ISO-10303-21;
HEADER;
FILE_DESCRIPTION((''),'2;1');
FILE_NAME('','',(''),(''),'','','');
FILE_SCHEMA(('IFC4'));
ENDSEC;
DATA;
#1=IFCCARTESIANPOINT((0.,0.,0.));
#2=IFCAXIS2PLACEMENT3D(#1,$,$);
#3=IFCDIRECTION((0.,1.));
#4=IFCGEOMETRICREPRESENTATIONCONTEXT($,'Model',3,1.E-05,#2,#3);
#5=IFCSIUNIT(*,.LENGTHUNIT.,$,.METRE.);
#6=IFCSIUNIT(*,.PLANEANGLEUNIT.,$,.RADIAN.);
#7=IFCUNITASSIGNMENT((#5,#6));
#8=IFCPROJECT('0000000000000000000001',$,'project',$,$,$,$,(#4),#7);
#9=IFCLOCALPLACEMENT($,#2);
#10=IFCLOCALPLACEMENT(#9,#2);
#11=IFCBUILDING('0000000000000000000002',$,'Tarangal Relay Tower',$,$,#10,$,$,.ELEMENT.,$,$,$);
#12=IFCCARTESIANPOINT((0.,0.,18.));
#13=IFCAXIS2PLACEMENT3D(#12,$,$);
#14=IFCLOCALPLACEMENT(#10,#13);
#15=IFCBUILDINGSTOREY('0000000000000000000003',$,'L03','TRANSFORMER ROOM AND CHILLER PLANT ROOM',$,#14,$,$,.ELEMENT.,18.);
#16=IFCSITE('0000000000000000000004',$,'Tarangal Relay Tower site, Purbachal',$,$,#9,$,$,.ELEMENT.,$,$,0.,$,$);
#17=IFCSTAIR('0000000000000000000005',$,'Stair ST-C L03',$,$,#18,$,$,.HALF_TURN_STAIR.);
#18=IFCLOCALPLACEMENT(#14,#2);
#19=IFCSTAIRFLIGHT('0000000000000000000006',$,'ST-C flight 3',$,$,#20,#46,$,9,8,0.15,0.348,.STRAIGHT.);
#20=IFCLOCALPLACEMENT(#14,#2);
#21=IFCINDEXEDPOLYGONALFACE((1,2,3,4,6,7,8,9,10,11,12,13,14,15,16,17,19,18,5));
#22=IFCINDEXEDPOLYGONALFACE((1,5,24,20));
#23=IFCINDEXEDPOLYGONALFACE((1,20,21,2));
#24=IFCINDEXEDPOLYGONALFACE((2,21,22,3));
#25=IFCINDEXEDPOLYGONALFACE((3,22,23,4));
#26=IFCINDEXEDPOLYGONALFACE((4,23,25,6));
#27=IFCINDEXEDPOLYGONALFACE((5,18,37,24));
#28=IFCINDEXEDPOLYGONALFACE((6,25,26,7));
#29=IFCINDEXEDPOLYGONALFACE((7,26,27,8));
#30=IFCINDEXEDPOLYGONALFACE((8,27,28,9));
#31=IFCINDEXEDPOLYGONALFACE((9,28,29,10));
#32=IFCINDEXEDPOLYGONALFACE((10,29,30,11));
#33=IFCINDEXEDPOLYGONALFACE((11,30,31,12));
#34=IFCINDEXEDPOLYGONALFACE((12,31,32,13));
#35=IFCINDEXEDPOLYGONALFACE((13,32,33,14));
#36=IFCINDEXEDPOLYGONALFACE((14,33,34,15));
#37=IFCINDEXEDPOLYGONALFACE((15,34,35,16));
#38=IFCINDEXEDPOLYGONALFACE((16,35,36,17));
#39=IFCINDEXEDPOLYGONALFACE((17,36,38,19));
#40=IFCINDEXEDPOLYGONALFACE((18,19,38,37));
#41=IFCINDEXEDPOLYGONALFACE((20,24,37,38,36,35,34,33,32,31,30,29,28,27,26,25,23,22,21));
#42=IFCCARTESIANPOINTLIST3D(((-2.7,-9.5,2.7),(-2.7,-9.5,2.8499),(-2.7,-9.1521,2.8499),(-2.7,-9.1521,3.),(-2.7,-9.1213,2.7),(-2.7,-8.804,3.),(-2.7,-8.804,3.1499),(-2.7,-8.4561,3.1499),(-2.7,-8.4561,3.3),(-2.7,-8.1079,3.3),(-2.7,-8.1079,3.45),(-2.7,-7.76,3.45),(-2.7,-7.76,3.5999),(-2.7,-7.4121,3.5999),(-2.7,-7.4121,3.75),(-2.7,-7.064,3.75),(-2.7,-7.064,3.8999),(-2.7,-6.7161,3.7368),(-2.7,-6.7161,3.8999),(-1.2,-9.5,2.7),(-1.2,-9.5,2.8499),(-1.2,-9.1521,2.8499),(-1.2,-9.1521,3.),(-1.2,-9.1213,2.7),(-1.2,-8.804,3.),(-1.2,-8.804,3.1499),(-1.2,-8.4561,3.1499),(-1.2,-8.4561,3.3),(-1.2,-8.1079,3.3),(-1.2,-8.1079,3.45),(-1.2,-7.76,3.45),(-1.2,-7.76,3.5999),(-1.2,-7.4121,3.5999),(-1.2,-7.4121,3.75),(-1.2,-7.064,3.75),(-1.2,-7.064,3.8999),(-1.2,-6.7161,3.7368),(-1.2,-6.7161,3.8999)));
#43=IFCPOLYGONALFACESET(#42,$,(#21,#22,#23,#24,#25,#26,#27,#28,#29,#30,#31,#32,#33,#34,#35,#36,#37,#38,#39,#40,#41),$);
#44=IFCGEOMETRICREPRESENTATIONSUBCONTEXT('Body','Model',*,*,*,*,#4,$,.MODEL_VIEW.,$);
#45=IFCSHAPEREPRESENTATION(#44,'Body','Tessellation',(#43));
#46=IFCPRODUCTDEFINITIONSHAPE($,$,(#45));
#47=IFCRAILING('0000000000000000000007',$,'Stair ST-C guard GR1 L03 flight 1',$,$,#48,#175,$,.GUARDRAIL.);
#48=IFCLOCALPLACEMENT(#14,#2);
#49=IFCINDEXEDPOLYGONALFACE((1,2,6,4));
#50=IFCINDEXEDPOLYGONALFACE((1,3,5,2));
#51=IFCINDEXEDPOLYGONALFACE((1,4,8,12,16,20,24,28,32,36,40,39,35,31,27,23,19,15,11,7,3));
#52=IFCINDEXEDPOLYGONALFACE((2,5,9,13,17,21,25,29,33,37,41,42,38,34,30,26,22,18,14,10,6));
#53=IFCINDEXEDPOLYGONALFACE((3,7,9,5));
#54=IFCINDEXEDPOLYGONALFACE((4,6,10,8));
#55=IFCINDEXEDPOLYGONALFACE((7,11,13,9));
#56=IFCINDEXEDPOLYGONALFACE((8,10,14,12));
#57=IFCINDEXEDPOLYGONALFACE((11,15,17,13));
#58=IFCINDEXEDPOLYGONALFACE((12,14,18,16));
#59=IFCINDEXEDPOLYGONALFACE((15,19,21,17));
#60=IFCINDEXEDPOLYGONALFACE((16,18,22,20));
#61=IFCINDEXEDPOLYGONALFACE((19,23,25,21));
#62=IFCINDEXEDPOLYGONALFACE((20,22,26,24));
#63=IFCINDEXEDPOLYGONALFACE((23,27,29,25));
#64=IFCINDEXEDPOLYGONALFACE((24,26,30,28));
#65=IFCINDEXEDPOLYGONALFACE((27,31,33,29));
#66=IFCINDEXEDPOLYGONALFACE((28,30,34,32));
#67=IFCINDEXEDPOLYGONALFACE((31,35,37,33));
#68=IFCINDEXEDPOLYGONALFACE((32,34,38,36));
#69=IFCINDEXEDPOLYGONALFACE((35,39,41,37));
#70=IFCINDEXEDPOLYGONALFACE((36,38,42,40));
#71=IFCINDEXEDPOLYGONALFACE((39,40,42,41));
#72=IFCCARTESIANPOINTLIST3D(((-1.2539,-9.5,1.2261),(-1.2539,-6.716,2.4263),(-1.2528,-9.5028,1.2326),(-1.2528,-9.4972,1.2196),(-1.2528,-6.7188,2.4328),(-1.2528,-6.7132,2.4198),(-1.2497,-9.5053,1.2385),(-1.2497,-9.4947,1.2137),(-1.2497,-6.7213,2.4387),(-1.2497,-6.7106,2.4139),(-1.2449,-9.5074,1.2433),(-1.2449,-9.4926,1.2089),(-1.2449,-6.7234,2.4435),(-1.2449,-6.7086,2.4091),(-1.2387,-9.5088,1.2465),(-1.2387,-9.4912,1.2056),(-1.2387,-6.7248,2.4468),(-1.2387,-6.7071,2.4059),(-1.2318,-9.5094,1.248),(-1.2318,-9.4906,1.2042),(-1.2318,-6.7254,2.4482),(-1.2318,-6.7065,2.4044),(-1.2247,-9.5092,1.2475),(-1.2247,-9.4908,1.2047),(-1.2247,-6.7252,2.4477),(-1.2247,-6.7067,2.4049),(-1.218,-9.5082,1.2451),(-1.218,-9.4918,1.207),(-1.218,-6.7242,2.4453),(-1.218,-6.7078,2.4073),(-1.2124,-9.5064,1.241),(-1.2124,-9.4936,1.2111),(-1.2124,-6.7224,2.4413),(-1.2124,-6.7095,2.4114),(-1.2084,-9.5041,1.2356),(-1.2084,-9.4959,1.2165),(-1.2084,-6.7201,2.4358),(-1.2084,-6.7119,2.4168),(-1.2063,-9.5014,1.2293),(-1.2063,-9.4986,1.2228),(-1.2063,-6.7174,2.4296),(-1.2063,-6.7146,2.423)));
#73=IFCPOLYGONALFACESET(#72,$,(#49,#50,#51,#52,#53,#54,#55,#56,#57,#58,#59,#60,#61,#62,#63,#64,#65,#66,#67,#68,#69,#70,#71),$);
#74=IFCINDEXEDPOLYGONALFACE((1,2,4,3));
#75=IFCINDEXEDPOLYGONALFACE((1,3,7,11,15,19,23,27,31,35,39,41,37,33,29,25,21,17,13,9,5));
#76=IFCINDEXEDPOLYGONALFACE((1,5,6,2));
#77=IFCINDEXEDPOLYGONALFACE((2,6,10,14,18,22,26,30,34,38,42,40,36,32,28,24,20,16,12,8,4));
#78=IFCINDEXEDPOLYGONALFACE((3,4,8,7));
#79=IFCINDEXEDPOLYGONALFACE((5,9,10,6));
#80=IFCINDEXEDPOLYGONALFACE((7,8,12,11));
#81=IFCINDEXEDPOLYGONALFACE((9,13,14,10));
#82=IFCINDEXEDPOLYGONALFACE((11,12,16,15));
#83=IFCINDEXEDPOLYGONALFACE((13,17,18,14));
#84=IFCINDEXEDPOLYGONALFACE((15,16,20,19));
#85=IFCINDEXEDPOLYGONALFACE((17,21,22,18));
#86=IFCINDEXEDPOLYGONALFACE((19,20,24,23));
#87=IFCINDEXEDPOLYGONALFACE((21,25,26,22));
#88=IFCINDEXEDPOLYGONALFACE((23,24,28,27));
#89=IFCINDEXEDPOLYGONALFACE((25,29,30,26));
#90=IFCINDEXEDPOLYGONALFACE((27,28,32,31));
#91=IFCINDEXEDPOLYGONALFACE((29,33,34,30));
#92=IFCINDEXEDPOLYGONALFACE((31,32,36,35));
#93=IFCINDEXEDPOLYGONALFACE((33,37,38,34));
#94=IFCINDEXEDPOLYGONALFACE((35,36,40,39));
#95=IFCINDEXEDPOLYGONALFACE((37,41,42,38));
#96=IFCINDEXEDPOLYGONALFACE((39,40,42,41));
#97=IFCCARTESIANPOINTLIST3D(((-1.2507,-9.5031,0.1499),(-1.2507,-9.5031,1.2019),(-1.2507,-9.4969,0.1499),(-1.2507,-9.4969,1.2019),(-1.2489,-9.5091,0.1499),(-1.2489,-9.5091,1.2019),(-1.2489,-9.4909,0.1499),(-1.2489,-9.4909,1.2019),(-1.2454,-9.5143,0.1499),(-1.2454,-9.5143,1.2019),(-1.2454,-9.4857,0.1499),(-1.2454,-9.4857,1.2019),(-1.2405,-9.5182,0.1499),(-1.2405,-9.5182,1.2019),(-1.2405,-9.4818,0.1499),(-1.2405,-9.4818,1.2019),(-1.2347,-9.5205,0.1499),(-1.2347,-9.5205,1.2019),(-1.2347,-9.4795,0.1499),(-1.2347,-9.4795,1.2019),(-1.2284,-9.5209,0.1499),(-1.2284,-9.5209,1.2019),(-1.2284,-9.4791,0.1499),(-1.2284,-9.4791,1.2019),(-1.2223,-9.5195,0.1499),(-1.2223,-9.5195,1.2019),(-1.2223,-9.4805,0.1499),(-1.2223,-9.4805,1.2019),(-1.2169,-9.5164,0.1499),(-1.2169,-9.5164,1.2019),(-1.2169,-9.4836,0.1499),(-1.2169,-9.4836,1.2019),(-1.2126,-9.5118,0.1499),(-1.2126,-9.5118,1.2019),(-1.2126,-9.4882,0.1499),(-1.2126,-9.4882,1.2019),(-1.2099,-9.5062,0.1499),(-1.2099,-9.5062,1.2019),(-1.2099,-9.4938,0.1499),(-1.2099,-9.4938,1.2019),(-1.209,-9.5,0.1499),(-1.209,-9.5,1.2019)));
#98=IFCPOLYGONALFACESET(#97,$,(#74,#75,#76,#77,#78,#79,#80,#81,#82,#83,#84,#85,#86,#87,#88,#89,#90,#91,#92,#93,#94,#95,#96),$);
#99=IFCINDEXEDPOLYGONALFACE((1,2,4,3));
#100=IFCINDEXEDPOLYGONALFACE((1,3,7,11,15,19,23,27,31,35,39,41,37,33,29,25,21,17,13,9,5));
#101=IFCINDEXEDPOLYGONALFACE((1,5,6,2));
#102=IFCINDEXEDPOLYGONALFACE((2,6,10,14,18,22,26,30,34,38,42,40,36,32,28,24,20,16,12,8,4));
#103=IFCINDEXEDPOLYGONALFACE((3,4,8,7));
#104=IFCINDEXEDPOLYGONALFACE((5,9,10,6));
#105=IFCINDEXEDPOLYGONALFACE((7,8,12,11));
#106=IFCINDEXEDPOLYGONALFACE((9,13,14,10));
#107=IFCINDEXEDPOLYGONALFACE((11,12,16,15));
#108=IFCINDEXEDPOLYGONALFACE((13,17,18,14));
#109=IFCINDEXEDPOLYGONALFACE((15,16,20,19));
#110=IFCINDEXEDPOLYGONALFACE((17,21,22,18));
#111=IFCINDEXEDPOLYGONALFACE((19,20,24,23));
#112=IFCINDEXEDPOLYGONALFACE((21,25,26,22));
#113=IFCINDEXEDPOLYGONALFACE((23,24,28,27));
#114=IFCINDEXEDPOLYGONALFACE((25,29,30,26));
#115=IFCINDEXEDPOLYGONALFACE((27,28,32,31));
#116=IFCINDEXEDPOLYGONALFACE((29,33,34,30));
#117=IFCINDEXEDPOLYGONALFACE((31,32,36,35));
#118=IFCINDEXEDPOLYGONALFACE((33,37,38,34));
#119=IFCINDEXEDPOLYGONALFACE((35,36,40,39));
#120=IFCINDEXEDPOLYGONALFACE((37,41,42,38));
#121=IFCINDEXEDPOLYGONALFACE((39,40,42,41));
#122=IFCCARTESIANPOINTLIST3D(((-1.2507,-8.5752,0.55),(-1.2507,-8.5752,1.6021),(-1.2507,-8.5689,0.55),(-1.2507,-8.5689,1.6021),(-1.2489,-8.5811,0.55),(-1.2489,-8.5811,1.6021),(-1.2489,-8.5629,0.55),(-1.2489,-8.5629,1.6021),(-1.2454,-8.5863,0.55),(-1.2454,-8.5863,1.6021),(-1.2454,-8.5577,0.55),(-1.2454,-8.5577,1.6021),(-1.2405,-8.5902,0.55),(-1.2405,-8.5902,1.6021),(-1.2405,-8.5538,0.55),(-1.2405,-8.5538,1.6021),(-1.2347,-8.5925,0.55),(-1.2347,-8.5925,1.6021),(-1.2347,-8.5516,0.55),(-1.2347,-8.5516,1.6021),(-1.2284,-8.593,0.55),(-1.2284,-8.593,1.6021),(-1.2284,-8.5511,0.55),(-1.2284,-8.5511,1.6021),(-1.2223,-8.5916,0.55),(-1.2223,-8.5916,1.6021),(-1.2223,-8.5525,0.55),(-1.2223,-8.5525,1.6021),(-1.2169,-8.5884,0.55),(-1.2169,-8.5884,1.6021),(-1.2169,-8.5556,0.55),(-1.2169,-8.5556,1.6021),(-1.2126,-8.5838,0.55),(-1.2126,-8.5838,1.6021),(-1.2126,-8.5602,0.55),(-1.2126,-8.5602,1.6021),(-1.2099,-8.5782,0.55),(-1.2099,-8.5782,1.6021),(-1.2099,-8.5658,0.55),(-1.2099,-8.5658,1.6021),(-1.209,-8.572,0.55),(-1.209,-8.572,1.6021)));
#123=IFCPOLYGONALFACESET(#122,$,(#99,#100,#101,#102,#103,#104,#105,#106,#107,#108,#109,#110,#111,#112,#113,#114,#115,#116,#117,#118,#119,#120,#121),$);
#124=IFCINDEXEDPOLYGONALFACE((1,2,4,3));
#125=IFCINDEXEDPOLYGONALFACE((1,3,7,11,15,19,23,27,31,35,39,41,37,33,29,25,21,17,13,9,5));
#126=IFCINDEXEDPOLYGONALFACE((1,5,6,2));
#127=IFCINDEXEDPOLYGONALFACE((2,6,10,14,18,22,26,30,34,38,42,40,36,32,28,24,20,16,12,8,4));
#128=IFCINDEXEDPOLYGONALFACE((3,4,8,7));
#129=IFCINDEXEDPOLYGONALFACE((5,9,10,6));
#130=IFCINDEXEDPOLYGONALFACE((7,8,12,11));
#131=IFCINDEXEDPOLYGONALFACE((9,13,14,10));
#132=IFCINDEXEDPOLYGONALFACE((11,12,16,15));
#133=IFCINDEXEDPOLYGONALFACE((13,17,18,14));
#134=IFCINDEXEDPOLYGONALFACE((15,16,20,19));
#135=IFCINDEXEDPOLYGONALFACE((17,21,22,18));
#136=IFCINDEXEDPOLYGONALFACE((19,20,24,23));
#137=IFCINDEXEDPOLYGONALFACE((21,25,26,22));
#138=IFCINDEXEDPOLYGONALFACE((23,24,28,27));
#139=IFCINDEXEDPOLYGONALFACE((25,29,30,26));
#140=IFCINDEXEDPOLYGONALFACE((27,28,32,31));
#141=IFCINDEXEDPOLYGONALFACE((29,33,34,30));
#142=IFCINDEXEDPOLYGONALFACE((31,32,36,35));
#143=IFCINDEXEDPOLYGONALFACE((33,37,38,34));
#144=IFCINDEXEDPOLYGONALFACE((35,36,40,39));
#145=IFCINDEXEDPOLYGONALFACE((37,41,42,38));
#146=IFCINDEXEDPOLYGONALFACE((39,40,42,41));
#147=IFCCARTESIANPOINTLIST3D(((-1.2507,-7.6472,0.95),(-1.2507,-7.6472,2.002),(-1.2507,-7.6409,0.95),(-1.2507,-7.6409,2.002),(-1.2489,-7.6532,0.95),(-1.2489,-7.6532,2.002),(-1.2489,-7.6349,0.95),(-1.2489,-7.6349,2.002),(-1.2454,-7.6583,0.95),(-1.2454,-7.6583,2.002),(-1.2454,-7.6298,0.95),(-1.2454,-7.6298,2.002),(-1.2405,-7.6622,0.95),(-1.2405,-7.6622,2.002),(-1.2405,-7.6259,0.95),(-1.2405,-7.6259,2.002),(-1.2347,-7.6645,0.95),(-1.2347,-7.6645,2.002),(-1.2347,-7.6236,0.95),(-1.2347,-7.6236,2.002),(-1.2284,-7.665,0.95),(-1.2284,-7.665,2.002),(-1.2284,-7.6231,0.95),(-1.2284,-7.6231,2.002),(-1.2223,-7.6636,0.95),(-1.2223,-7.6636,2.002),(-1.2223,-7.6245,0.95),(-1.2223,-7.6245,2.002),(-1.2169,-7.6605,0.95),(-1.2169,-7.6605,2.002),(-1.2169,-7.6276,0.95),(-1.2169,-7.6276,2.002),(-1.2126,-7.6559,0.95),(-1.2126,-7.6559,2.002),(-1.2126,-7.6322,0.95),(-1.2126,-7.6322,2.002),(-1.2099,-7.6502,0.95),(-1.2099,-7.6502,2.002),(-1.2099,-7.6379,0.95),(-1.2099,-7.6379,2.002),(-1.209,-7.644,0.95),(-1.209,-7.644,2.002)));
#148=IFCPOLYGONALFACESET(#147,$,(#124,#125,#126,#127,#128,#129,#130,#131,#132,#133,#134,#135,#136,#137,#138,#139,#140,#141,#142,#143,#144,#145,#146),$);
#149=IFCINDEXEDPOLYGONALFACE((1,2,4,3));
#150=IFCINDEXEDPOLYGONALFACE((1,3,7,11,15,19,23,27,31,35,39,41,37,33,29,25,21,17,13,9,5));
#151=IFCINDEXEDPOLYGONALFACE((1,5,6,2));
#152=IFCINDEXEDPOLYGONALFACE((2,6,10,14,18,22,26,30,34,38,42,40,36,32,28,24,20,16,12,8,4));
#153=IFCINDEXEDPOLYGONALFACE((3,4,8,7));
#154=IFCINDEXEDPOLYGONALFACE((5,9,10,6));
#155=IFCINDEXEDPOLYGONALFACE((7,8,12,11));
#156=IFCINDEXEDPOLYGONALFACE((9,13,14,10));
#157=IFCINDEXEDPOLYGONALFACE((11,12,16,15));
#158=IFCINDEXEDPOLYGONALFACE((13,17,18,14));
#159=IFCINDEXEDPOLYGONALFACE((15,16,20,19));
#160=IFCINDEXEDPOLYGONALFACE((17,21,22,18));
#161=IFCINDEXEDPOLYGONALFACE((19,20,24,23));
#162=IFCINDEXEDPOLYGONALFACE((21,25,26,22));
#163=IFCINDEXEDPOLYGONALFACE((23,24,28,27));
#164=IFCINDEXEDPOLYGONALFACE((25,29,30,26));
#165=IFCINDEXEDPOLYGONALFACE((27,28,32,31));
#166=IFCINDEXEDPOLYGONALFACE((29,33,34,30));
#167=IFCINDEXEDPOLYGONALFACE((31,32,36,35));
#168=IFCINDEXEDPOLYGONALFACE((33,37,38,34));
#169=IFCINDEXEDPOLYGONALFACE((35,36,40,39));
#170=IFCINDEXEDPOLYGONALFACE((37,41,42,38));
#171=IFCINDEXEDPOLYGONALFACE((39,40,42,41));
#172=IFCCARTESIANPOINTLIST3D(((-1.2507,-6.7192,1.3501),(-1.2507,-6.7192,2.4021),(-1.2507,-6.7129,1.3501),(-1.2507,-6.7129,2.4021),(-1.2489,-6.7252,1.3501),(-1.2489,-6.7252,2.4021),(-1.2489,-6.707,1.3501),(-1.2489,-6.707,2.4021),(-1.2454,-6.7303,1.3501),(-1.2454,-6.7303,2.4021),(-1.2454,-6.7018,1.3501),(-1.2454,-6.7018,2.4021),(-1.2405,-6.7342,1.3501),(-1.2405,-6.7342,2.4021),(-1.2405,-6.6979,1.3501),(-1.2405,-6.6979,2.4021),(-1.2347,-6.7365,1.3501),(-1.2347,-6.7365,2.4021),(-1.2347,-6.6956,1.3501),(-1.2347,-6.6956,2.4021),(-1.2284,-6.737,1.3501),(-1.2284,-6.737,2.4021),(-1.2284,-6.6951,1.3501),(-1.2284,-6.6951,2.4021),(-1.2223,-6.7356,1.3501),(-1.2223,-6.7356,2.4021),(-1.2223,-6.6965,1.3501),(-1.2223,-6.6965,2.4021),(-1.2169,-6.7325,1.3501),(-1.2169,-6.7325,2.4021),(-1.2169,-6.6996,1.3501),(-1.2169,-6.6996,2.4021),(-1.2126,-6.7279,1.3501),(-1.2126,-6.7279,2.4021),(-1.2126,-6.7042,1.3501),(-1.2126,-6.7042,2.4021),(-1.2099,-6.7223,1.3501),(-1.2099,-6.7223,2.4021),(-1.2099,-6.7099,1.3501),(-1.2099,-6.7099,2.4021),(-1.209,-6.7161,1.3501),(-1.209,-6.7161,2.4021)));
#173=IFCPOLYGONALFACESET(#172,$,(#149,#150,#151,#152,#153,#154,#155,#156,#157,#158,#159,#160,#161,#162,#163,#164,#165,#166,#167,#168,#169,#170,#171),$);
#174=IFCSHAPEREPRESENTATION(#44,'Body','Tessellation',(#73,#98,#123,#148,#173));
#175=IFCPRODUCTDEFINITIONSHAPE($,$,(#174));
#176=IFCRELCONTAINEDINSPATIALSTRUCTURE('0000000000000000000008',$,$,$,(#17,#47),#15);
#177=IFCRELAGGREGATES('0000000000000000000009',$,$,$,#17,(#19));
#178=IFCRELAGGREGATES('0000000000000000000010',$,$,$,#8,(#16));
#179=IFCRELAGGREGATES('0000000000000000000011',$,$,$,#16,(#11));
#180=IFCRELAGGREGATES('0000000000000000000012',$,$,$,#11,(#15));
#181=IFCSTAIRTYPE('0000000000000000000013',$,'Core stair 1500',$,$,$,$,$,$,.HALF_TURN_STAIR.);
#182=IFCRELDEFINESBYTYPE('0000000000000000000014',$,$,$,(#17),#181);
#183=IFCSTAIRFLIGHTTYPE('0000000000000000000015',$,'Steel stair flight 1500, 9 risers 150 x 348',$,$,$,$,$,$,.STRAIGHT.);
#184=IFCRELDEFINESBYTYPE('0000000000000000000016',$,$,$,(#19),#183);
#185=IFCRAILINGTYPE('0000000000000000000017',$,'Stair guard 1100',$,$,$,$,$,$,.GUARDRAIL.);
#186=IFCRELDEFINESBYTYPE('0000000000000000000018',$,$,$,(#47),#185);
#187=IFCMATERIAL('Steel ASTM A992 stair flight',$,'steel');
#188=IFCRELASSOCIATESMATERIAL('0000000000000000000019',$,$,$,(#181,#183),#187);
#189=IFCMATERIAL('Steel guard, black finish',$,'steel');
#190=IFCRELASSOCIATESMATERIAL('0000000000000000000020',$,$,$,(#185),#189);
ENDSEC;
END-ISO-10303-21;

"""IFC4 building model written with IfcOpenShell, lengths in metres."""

from ifc_helpers import new_model, si_unit, direction, frame, origin, origin_2d, place, context, subcontext, project, spatial, polyline, circle, outline, extrude, material, type_object, element, aggregate, save


model = new_model("IFC4")

# Units and contexts
model_context = context("Model", 3, precision=1e-05, world=origin(), true_north=direction((0.0, 1.0)))
body_context = subcontext(model_context, "Body", "Model", "MODEL_VIEW")
ifc_project = project(units=[si_unit("LENGTHUNIT", "METRE"), si_unit("PLANEANGLEUNIT", "RADIAN")], contexts=[model_context])

# Site, building, storey
site_placement = place(None, origin())
site = spatial("IfcSite", under=ifc_project, at=site_placement, Name="Tarangal Relay Tower site, Purbachal", CompositionType="ELEMENT", RefElevation=0.0)
building_placement = place(site_placement, origin())
building = spatial("IfcBuilding", under=site, at=building_placement, Name="Tarangal Relay Tower", CompositionType="ELEMENT")
storey_placement = place(building_placement, frame((0.0, 0.0, 18.0)))
storey = spatial("IfcBuildingStorey", under=building, at=storey_placement, Name="L03", Description="TRANSFORMER ROOM AND CHILLER PLANT ROOM", CompositionType="ELEMENT", Elevation=18.0)

# Stair, stair flight
ifc_material_1 = material(Name="Steel ASTM A992 stair flight", Category="steel")
stair_type = type_object("IfcStairType", Name="Core stair 1500", PredefinedType="HALF_TURN_STAIR", material=ifc_material_1)
stair_placement = place(storey_placement, origin())
stair = element("IfcStair", 1, at=stair_placement, inside=storey, type_object=stair_type, Name="Stair ST-C L03", PredefinedType="HALF_TURN_STAIR")
stair_flight_type = type_object("IfcStairFlightType", Name="Steel stair flight 1500, 9 risers 150 x 348", PredefinedType="STRAIGHT", material=ifc_material_1)
stair_flight_1_placement = place(storey_placement, frame((-1.95, -9.5, 2.7), z_axis=(0.0, 0.0, 1.0), x_axis=(0.0, 1.0, 0.0)))
stair_flight_1 = element("IfcStairFlight", 2, at=stair_flight_1_placement, type_object=stair_flight_type, Name="ST-C flight 3", NumberOfRisers=9, NumberOfTreads=8, PredefinedType="STRAIGHT", RiserHeight=0.15, TreadLength=0.348, context=body_context, shape_type="SweptSolid", body=[
    extrude(outline(polyline([(0.0, 0.0), (0.0, 0.1499), (0.3479, 0.1499), (0.3479, 0.3), (0.696, 0.3), (0.696, 0.45), (1.0439, 0.45), (1.0439, 0.6001), (1.3921, 0.6001), (1.3921, 0.75), (1.74, 0.75), (1.74, 0.8999), (2.0879, 0.8999), (2.0879, 1.05), (2.436, 1.05), (2.436, 1.2), (2.7839, 1.2), (2.7839, 1.3501), (2.7839, 1.0369), (0.3787, 0.0), (0.0, 0.0)])), frame((0.0, 0.75, 0.0), z_axis=(0.0, -1.0, 0.0), x_axis=(1.0, 0.0, 0.0)), (0.0, 0.0, 1.0), 1.5),
])
aggregate(stair, [stair_flight_1])

# Railing
ifc_material_2 = material(Name="Steel guard, black finish", Category="steel")
railing_type_1 = type_object("IfcRailingType", Name="Stair guard 1100", PredefinedType="GUARDRAIL", material=ifc_material_2)
railing_1_placement = place(storey_placement, frame((-1.23, -9.5, 0.1499)))
element("IfcRailing", 3, at=railing_1_placement, inside=storey, type_object=railing_type_1, Name="Stair ST-C guard GR1 L03 flight 1", PredefinedType="GUARDRAIL", context=body_context, shape_type="SweptSolid", body=[
    extrude(circle(Radius=0.0239, at=origin_2d()), frame((0.0, 0.0, 1.0762), z_axis=(0.0, 0.918297, 0.395891), x_axis=(-1.0, 0.0, 0.0)), (0.0, 0.0, 1.0), 3.0317),
    extrude(circle(Radius=0.021, at=origin_2d()), origin(), (0.0, 0.0, 1.0), 1.052),
    extrude(circle(Radius=0.021, at=origin_2d()), frame((0.0, 0.928, 0.4001)), (0.0, 0.0, 1.0), 1.052),
    extrude(circle(Radius=0.021, at=origin_2d()), frame((0.0, 1.856, 0.8)), (0.0, 0.0, 1.0), 1.052),
    extrude(circle(Radius=0.021, at=origin_2d()), frame((0.0, 2.7839, 1.2002)), (0.0, 0.0, 1.0), 1.052),
])

save(model, "model.ifc")
